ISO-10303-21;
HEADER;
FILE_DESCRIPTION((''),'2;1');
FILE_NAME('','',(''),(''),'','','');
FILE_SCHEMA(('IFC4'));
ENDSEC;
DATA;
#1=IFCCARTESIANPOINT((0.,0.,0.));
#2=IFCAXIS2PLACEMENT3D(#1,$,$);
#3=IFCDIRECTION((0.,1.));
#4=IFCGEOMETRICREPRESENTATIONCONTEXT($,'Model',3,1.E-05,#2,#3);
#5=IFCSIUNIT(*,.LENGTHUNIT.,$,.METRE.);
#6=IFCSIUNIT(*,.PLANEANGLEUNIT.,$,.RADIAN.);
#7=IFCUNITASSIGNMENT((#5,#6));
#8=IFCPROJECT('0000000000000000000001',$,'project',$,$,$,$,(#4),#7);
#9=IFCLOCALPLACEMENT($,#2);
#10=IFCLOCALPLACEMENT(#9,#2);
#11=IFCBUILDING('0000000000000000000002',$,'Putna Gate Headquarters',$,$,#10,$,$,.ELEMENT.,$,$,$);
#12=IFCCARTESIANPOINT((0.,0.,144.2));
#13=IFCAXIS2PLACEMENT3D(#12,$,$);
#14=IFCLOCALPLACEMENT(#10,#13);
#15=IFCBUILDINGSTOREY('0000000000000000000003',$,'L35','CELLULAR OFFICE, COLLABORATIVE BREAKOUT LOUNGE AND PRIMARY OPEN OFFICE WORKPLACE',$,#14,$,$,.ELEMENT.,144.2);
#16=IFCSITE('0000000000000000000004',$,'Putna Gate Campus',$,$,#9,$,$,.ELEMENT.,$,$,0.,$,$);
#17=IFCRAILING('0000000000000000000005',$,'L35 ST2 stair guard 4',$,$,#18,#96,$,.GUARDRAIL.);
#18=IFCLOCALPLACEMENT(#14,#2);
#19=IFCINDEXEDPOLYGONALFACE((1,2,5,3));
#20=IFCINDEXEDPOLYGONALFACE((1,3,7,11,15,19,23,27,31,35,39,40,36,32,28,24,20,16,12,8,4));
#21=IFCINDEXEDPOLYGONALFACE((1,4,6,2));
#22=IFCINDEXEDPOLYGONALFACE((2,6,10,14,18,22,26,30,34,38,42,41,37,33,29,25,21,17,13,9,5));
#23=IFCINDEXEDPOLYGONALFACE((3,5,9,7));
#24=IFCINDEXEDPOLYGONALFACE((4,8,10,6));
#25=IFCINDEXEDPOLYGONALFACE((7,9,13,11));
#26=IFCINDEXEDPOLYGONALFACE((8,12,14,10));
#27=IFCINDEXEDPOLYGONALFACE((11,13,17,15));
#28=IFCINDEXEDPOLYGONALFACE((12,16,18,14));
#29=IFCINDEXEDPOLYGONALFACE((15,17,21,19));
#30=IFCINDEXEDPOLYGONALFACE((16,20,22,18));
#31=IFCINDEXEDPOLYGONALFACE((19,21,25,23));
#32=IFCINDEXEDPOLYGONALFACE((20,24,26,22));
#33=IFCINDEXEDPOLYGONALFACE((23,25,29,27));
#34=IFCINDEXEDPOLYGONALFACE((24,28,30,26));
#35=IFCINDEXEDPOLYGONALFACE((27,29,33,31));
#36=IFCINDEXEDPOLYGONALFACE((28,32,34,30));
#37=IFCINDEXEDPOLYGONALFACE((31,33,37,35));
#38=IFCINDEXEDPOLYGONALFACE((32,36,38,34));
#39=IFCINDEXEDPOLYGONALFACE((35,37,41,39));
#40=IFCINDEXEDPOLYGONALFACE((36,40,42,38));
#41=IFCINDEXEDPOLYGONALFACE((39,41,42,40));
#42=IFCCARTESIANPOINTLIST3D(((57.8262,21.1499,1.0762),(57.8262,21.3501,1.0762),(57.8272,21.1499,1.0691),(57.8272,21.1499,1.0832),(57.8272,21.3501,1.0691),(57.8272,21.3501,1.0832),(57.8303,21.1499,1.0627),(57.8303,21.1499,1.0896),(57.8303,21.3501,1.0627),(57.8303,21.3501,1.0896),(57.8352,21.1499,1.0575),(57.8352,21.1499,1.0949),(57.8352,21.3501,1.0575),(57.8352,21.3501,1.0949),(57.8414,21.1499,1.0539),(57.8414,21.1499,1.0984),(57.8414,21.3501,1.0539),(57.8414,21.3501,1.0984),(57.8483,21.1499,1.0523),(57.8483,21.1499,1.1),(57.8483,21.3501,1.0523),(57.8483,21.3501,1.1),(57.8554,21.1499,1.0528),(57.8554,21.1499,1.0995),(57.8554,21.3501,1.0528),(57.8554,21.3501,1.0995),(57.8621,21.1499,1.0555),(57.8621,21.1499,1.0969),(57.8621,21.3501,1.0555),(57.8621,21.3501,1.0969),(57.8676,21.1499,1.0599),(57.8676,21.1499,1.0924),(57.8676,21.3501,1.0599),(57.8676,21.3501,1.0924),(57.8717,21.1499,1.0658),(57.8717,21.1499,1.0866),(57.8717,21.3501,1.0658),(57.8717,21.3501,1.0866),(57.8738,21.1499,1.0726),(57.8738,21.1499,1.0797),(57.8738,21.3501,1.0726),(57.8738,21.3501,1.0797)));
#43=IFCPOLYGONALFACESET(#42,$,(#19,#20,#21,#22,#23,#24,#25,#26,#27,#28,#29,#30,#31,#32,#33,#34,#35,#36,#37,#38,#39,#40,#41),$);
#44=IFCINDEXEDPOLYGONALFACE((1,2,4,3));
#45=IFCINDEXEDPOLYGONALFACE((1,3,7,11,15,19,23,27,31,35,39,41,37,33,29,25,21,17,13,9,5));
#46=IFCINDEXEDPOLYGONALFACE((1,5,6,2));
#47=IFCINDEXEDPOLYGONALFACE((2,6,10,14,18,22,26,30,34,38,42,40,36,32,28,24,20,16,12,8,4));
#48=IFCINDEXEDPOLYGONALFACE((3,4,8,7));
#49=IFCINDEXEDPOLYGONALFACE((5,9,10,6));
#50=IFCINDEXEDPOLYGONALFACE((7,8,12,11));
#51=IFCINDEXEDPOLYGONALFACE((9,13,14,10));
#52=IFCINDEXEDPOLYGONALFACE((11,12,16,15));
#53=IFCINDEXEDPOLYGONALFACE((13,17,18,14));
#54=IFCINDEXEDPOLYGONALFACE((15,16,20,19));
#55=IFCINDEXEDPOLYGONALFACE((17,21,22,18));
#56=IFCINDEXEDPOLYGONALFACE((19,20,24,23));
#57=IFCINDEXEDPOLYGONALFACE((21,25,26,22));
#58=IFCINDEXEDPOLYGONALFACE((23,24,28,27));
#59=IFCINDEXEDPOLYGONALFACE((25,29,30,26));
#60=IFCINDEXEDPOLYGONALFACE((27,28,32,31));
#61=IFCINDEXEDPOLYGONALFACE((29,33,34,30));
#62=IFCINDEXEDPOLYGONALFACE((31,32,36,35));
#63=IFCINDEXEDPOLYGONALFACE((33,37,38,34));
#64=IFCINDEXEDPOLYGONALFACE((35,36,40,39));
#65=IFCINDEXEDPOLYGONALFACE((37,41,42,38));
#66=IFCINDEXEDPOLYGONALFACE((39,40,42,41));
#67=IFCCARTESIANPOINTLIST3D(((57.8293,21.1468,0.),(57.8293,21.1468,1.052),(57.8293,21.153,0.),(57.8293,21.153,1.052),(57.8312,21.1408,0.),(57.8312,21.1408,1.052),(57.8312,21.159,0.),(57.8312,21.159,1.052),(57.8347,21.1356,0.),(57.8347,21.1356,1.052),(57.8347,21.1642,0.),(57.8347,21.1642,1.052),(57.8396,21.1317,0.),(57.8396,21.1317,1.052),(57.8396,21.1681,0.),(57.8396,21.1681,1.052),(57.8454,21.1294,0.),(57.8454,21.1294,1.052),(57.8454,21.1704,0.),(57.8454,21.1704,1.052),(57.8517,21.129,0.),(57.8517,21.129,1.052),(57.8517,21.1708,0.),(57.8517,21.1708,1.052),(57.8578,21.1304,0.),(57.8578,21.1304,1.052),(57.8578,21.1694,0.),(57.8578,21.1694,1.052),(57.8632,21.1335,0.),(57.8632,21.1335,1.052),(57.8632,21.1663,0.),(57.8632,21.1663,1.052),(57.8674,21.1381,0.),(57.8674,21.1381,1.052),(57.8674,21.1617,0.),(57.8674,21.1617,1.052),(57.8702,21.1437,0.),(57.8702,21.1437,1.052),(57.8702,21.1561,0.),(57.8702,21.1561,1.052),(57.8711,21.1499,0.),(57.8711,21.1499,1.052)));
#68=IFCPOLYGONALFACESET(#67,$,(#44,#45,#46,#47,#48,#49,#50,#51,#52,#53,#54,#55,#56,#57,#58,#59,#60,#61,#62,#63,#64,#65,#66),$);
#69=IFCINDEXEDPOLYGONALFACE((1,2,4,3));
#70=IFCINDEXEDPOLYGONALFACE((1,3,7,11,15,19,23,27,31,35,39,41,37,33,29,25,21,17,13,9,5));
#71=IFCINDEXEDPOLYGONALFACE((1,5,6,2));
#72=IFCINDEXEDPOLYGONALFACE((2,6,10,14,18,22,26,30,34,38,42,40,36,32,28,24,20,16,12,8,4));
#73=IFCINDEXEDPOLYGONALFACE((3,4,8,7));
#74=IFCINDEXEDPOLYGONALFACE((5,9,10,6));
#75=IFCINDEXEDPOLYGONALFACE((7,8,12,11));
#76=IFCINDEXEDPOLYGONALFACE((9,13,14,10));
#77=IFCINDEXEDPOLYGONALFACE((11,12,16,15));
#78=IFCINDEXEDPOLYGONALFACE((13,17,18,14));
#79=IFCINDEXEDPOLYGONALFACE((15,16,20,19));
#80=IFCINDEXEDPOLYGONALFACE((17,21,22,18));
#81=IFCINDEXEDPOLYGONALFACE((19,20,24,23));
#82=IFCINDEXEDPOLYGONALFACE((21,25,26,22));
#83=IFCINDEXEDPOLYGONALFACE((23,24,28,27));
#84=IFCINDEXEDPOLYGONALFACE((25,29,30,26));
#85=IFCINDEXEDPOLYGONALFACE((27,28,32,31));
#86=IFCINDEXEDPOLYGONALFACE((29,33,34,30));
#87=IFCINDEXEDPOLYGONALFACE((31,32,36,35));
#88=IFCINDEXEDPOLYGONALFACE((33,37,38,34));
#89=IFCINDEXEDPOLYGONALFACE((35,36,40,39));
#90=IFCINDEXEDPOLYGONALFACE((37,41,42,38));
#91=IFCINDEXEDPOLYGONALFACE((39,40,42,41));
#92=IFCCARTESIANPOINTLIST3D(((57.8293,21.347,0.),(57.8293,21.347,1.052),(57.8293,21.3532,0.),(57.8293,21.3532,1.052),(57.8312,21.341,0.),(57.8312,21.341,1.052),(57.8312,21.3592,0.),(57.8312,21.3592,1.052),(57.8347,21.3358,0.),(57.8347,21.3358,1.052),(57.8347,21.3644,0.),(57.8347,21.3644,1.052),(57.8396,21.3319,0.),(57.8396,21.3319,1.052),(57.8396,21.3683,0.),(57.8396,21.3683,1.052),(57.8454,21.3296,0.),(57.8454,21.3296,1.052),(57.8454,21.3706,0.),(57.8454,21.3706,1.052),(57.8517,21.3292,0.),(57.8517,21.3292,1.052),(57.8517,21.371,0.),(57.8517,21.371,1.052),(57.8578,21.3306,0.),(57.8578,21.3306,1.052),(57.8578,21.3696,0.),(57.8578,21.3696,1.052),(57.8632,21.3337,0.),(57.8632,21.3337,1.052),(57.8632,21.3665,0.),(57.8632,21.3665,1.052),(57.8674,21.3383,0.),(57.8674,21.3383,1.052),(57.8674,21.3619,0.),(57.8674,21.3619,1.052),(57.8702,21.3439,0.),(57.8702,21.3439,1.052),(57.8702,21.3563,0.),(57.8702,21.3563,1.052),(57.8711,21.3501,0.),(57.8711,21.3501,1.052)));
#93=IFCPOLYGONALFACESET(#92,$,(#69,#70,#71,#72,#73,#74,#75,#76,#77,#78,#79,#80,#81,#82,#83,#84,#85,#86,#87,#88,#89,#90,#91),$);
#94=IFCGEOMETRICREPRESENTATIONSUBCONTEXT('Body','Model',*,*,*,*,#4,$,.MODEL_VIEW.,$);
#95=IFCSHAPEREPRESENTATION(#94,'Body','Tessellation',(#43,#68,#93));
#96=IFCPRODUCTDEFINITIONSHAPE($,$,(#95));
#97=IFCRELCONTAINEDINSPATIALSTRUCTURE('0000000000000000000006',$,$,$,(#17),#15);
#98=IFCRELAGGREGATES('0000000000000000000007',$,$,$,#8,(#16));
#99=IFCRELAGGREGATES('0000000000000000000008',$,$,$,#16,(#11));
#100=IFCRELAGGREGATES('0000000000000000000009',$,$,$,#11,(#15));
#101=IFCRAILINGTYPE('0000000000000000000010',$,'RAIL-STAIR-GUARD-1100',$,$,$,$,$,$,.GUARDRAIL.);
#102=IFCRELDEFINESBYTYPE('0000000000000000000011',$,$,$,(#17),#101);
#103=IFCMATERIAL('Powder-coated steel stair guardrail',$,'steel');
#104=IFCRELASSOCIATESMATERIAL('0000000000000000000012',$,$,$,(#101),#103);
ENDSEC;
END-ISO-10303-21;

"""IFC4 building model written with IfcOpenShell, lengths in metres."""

from ifc_helpers import new_model, si_unit, direction, frame, origin, origin_2d, place, context, subcontext, project, spatial, circle, extrude, material, type_object, element, save


model = new_model("IFC4")

# Units and contexts
model_context = context("Model", 3, precision=1e-05, world=origin(), true_north=direction((0.0, 1.0)))
body_context = subcontext(model_context, "Body", "Model", "MODEL_VIEW")
ifc_project = project(units=[si_unit("LENGTHUNIT", "METRE"), si_unit("PLANEANGLEUNIT", "RADIAN")], contexts=[model_context])

# Site, building, storey
site_placement = place(None, origin())
site = spatial("IfcSite", under=ifc_project, at=site_placement, Name="Putna Gate Campus", CompositionType="ELEMENT", RefElevation=0.0)
building_placement = place(site_placement, origin())
building = spatial("IfcBuilding", under=site, at=building_placement, Name="Putna Gate Headquarters", CompositionType="ELEMENT")
storey_placement = place(building_placement, frame((0.0, 0.0, 144.2)))
storey = spatial("IfcBuildingStorey", under=building, at=storey_placement, Name="L35", Description="CELLULAR OFFICE, COLLABORATIVE BREAKOUT LOUNGE AND PRIMARY OPEN OFFICE WORKPLACE", CompositionType="ELEMENT", Elevation=144.2)

# Railing
ifc_material_1 = material(Name="Powder-coated steel stair guardrail", Category="steel")
railing_type_1 = type_object("IfcRailingType", Name="RAIL-STAIR-GUARD-1100", PredefinedType="GUARDRAIL", material=ifc_material_1)
railing_1_placement = place(storey_placement, frame((57.8501, 21.1499, 0.0)))
element("IfcRailing", 1, at=railing_1_placement, inside=storey, type_object=railing_type_1, Name="L35 ST2 stair guard 4", PredefinedType="GUARDRAIL", context=body_context, shape_type="SweptSolid", body=[
    extrude(circle(Radius=0.0239, at=origin_2d()), frame((0.0, 0.0, 1.0762), z_axis=(0.0, 1.0, 0.0), x_axis=(-1.0, 0.0, 0.0)), (0.0, 0.0, 1.0), 0.2002),
    extrude(circle(Radius=0.021, at=origin_2d()), origin(), (0.0, 0.0, 1.0), 1.052),
    extrude(circle(Radius=0.021, at=origin_2d()), frame((0.0, 0.2002, 0.0)), (0.0, 0.0, 1.0), 1.052),
])

save(model, "model.ifc")
